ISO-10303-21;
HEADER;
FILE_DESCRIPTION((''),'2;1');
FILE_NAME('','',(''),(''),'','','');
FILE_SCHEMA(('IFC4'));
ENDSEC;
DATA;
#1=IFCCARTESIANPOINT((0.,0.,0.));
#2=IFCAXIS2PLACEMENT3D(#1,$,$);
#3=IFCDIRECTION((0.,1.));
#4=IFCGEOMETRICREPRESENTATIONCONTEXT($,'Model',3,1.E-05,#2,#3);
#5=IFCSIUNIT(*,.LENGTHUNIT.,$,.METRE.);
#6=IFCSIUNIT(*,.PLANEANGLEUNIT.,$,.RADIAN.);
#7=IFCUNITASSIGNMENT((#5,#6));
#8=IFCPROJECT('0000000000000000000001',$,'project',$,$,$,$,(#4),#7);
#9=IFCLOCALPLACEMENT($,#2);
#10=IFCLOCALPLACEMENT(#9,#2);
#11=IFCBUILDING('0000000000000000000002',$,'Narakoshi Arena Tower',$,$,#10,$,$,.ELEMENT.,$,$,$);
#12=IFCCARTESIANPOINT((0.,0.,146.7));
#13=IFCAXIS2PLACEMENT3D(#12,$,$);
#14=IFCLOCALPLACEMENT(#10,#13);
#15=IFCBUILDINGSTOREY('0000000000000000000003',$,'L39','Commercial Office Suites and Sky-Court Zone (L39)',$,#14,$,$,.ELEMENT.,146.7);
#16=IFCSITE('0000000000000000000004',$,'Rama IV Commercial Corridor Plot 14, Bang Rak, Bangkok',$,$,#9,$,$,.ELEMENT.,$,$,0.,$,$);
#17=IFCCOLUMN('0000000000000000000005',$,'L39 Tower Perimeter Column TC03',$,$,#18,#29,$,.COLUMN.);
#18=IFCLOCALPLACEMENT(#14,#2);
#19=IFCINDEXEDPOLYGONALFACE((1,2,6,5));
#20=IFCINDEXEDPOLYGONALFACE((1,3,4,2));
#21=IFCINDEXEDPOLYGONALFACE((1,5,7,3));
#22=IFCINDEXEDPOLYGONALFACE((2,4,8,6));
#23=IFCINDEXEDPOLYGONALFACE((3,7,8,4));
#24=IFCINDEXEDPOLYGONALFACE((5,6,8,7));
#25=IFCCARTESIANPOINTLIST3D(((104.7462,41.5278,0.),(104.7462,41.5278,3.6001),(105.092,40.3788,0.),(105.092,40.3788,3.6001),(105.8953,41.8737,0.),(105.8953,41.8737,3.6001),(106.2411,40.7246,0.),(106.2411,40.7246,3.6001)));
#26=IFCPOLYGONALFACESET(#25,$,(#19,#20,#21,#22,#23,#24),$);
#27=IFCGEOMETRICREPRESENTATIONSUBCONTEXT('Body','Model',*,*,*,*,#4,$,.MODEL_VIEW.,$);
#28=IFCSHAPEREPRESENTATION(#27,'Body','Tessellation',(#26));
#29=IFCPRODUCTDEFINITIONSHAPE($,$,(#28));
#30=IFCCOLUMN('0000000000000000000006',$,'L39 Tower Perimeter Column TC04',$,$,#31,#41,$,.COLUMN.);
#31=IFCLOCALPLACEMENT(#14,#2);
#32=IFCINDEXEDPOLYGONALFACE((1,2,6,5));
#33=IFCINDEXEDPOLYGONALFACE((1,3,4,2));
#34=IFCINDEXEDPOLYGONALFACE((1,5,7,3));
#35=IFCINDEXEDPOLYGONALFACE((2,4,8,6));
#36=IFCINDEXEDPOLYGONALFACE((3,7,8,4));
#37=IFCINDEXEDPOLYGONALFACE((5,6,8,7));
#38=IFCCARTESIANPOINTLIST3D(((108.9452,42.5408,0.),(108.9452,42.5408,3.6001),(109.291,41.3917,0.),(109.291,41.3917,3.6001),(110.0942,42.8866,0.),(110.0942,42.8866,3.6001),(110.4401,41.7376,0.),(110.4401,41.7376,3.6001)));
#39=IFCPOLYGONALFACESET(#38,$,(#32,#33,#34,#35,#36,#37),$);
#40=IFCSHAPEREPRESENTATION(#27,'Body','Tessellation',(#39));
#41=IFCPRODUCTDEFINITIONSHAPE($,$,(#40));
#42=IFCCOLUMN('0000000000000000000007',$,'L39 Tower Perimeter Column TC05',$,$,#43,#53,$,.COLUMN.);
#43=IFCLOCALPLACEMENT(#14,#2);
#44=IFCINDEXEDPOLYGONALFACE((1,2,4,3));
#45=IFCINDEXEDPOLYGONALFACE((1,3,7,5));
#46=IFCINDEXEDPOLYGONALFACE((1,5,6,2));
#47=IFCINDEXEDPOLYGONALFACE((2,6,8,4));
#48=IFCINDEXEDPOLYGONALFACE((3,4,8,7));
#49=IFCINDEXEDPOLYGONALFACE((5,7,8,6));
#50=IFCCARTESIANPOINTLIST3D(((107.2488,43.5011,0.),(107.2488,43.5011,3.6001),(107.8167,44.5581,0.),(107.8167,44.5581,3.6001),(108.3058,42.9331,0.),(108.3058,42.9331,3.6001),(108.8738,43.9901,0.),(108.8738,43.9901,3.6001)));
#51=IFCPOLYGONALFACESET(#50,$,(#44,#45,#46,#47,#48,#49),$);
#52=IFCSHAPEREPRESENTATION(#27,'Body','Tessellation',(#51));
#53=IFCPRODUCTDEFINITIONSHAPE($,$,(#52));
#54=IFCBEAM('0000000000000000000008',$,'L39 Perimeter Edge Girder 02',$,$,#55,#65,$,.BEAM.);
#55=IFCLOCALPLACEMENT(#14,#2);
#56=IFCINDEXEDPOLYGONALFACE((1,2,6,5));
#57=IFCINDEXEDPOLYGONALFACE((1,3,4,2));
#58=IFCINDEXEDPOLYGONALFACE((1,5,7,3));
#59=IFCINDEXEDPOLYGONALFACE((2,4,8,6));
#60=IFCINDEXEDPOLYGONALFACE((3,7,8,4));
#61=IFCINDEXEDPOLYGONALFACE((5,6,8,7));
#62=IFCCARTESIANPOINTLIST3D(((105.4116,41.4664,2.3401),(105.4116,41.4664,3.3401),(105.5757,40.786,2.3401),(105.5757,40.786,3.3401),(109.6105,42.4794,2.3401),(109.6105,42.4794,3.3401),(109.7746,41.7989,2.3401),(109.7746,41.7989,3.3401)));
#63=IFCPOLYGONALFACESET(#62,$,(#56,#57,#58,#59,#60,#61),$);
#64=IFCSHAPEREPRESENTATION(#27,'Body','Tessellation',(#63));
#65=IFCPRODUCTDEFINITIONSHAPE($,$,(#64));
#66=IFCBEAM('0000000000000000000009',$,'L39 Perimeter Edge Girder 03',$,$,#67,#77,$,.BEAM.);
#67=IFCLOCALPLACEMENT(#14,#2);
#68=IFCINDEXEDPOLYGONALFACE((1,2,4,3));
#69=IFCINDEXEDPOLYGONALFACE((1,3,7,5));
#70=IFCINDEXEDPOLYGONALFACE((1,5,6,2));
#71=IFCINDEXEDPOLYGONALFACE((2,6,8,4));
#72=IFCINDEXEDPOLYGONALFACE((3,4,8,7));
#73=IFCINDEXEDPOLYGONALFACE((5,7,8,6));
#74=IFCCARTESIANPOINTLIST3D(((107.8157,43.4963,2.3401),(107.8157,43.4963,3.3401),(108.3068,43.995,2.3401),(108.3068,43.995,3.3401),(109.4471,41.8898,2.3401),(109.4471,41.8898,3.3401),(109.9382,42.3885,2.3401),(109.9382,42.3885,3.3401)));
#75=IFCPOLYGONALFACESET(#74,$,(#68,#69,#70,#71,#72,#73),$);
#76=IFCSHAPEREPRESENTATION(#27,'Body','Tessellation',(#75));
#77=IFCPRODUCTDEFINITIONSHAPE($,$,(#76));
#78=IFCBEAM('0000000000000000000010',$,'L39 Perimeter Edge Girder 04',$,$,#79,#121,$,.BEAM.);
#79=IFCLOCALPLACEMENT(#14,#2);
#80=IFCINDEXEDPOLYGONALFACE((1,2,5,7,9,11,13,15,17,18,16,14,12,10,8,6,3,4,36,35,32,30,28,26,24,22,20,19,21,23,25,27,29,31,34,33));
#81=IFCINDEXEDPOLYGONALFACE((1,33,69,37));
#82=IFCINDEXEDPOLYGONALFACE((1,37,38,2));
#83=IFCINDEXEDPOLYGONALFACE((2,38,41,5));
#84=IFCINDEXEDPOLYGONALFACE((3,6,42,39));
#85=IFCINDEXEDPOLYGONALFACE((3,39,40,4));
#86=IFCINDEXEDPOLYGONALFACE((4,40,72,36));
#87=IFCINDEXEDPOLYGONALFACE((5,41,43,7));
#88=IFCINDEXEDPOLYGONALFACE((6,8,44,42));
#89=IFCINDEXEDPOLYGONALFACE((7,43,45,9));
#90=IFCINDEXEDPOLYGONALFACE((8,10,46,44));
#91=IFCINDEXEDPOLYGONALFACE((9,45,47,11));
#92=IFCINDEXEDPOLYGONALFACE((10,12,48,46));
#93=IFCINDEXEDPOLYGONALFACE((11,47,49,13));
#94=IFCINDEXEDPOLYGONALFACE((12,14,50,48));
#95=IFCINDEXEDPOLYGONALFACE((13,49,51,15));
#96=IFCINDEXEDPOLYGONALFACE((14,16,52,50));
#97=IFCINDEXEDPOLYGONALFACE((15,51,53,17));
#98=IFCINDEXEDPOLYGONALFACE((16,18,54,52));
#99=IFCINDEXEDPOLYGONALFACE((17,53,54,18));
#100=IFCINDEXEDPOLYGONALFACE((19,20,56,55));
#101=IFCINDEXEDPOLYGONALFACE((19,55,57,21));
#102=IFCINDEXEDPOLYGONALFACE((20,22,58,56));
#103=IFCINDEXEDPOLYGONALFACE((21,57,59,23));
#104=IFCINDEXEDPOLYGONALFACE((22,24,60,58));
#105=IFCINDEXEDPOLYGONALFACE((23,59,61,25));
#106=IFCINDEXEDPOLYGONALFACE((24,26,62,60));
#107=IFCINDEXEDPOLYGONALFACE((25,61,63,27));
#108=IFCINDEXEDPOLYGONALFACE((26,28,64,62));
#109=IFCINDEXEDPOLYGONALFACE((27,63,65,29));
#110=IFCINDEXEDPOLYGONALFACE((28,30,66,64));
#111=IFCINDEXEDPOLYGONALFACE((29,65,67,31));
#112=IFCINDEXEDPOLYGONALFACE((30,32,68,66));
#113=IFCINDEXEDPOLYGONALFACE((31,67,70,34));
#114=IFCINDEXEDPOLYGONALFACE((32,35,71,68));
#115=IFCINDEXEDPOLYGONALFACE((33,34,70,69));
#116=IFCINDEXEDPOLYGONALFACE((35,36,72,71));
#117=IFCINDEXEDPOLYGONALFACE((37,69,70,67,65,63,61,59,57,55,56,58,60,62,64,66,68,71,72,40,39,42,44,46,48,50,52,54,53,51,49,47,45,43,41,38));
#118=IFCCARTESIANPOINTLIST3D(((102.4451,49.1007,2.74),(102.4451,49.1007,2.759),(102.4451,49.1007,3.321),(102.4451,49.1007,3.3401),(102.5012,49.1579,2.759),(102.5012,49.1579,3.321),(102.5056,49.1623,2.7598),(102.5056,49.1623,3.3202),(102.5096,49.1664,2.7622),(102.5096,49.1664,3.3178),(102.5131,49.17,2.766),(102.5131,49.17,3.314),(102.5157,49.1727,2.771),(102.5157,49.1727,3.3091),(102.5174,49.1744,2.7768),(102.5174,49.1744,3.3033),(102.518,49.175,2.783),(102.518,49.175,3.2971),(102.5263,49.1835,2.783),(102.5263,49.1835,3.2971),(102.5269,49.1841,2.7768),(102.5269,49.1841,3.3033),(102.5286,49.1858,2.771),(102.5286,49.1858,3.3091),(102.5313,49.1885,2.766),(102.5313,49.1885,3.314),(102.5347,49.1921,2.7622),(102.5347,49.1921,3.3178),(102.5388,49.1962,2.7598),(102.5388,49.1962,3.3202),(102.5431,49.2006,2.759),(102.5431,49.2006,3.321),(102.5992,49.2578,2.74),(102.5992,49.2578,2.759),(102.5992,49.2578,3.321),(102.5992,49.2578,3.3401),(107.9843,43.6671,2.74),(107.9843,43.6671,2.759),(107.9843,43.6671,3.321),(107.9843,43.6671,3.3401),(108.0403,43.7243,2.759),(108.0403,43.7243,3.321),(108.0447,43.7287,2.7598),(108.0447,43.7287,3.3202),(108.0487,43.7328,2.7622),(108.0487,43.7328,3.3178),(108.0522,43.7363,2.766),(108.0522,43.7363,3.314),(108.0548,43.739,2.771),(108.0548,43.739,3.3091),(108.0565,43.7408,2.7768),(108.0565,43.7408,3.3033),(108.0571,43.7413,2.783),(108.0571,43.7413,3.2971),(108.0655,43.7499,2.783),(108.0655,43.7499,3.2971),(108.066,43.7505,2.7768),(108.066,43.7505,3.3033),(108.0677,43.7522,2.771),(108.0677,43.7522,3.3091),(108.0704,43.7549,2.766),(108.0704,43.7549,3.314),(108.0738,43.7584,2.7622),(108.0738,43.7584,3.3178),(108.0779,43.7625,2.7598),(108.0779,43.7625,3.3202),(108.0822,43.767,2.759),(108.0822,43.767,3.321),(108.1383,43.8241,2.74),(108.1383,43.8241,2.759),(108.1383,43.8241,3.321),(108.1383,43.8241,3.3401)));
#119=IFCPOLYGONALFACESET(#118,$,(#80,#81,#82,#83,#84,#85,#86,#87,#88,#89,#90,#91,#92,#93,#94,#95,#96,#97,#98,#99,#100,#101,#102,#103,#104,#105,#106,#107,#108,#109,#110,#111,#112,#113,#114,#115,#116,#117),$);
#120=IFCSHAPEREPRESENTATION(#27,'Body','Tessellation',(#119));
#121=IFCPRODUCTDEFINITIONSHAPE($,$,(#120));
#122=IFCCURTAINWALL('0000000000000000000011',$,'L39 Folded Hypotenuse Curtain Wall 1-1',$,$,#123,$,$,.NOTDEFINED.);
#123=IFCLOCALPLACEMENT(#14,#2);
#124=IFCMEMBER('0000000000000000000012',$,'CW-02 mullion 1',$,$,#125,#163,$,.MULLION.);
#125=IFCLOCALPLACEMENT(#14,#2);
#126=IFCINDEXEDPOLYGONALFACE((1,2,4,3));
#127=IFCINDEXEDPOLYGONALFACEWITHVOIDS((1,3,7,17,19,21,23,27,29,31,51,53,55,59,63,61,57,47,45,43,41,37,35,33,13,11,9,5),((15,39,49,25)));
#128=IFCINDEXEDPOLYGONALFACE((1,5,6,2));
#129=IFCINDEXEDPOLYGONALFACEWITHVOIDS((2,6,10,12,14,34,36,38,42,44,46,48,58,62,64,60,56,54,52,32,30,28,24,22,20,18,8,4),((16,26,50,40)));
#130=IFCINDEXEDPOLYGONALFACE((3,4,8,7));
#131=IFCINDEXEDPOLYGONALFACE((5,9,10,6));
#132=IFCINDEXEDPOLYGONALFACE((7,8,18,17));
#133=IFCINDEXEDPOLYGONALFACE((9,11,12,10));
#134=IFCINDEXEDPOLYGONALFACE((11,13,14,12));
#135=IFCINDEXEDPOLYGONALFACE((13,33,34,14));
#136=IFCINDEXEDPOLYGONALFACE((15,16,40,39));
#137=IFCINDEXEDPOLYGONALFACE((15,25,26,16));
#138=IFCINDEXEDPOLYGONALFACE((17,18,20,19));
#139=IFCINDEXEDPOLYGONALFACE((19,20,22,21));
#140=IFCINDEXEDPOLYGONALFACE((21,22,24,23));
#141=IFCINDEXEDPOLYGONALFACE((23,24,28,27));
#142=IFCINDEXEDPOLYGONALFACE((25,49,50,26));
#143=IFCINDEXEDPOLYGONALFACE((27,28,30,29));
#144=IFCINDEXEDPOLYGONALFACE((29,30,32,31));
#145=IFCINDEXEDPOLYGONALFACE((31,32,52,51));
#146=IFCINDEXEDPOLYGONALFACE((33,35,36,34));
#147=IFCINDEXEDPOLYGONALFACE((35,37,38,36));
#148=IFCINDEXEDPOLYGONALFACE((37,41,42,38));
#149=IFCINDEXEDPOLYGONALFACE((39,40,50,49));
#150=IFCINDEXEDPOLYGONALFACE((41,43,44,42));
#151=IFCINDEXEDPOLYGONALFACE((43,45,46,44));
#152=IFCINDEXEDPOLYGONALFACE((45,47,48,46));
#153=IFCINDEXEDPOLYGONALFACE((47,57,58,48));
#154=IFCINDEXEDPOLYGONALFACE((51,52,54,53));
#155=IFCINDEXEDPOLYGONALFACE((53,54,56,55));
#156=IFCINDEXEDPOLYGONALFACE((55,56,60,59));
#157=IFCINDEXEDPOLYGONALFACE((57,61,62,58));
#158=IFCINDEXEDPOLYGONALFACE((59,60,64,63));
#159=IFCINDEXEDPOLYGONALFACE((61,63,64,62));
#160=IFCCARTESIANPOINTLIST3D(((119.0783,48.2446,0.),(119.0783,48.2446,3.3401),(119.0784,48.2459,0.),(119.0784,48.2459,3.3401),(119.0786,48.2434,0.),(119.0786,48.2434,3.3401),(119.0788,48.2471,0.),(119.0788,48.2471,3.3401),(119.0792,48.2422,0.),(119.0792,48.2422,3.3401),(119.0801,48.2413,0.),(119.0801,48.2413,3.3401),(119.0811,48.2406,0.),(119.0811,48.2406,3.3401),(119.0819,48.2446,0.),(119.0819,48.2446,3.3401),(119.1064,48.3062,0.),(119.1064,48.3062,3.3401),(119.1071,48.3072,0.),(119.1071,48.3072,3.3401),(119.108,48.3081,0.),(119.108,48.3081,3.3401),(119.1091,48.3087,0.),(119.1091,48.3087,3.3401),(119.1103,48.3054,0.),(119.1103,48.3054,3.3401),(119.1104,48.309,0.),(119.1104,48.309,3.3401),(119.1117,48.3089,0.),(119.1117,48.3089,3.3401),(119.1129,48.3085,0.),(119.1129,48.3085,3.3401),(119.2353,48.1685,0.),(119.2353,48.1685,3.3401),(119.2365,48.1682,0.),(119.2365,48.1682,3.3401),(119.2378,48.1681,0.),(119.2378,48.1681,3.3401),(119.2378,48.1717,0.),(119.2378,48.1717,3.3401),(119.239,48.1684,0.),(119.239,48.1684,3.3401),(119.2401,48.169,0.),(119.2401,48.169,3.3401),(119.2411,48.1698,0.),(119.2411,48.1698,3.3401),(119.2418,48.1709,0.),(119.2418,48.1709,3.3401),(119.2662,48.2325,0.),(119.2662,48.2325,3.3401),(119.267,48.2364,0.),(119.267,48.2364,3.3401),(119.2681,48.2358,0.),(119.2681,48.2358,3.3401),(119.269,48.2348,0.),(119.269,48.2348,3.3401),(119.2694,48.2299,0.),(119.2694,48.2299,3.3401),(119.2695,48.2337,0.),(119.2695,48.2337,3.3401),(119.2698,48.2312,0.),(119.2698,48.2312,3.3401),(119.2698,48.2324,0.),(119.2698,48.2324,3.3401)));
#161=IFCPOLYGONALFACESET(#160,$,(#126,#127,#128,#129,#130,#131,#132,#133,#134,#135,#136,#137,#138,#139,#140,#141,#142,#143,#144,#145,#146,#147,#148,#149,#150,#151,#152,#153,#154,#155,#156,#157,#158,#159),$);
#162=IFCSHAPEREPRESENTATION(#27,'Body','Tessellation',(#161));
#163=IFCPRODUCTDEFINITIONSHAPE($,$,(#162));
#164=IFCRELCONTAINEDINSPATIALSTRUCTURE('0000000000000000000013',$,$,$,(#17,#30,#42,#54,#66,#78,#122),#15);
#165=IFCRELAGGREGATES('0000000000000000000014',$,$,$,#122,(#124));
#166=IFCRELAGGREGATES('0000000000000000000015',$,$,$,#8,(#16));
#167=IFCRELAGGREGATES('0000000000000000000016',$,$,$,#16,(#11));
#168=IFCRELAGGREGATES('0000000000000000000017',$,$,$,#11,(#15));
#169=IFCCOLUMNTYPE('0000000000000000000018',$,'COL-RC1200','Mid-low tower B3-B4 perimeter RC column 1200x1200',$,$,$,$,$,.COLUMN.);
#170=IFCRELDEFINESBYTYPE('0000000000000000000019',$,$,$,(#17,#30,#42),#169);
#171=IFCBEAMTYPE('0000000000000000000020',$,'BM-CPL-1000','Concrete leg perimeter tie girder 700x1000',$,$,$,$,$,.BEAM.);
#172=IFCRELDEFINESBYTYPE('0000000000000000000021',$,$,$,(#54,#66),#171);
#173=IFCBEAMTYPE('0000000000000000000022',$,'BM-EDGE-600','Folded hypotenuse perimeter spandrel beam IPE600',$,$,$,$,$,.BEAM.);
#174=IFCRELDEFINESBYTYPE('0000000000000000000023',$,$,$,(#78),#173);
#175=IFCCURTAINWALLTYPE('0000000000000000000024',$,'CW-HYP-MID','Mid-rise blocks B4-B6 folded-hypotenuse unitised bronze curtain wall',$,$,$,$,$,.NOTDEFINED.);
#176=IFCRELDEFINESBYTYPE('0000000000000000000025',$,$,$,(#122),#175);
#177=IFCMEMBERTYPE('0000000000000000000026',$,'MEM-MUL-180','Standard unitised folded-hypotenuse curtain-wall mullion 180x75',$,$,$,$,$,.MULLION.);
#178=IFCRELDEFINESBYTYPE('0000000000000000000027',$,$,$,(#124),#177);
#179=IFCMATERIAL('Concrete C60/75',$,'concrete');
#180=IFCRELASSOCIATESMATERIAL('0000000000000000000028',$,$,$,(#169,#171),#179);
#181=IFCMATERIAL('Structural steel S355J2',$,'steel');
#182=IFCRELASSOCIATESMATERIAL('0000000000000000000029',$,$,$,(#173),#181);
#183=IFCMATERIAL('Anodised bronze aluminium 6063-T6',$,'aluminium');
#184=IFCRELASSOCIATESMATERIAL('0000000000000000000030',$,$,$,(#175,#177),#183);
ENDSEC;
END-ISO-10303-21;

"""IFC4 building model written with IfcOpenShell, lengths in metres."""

from ifc_helpers import new_model, si_unit, direction, frame, origin, origin_2d, place, context, subcontext, project, spatial, rectangle, hollow_rectangle, i_section, extrude, material, material_profile, profile_set, type_object, element, aggregate, save


model = new_model("IFC4")

# Units and contexts
model_context = context("Model", 3, precision=1e-05, world=origin(), true_north=direction((0.0, 1.0)))
body_context = subcontext(model_context, "Body", "Model", "MODEL_VIEW")
ifc_project = project(units=[si_unit("LENGTHUNIT", "METRE"), si_unit("PLANEANGLEUNIT", "RADIAN")], contexts=[model_context])

# Site, building, storey
site_placement = place(None, origin())
site = spatial("IfcSite", under=ifc_project, at=site_placement, Name="Rama IV Commercial Corridor Plot 14, Bang Rak, Bangkok", CompositionType="ELEMENT", RefElevation=0.0)
building_placement = place(site_placement, origin())
building = spatial("IfcBuilding", under=site, at=building_placement, Name="Narakoshi Arena Tower", CompositionType="ELEMENT")
storey_placement = place(building_placement, frame((0.0, 0.0, 146.7)))
storey = spatial("IfcBuildingStorey", under=building, at=storey_placement, Name="L39", Description="Commercial Office Suites and Sky-Court Zone (L39)", CompositionType="ELEMENT", Elevation=146.7)

# Columns
ifc_material_1 = material(Name="Concrete C60/75", Category="concrete")
ifc_material_profile_1 = material_profile(ifc_material_1, rectangle(XDim=1.2, YDim=1.2, at=origin_2d()), Name="RC1200x1200")
ifc_profile_set_1 = profile_set([ifc_material_profile_1], Name="Concrete C60/75")
column_type = type_object("IfcColumnType", Name="COL-RC1200", Description="Mid-low tower B3-B4 perimeter RC column 1200x1200", PredefinedType="COLUMN", material=ifc_profile_set_1)
for number, where, z_axis, x_axis, name in (
    (1, (105.4937, 41.1262, 0.0), (0.0, 0.0, 1.0), (0.957571, 0.288196, 0.0), "L39 Tower Perimeter Column TC03"),
    (2, (109.6926, 42.1392, 0.0), (0.0, 0.0, 1.0), (0.957571, 0.288196, 0.0), "L39 Tower Perimeter Column TC04"),
    (3, (108.0613, 43.7456, 0.0), (0.0, 0.0, 1.0), (0.47332, 0.880891, 0.0), "L39 Tower Perimeter Column TC05"),
):
    element("IfcColumn", number, at=place(storey_placement, frame(where, z_axis=z_axis, x_axis=x_axis)), inside=storey, type_object=column_type, Name=name, PredefinedType="COLUMN", context=body_context, shape_type="SweptSolid", body=[
        extrude(rectangle(XDim=1.2, YDim=1.2, at=origin_2d()), origin(), (0.0, 0.0, 1.0), 3.6001),
    ])

# Beams
ifc_material_profile_2 = material_profile(ifc_material_1, rectangle(XDim=0.7, YDim=1.0, at=origin_2d()), Name="RCB700x1000")
ifc_profile_set_2 = profile_set([ifc_material_profile_2], Name="Concrete C60/75")
beam_type_1 = type_object("IfcBeamType", Name="BM-CPL-1000", Description="Concrete leg perimeter tie girder 700x1000", PredefinedType="BEAM", material=ifc_profile_set_2)
beam_1_placement = place(storey_placement, frame((105.4937, 41.1262, 2.8401), z_axis=(0.972114, 0.234508, 0.0), x_axis=(-0.234508, 0.972114, 0.0)))
element("IfcBeam", 4, at=beam_1_placement, inside=storey, type_object=beam_type_1, Name="L39 Perimeter Edge Girder 02", PredefinedType="BEAM", context=body_context, shape_type="SweptSolid", body=[
    extrude(rectangle(XDim=0.7, YDim=1.0, at=origin_2d()), origin(), (0.0, 0.0, 1.0), 4.3193),
])
beam_2_placement = place(storey_placement, frame((109.6926, 42.1392, 2.8401), z_axis=(-0.712524, 0.701648, 0.0), x_axis=(-0.701648, -0.712524, 0.0)))
element("IfcBeam", 5, at=beam_2_placement, inside=storey, type_object=beam_type_1, Name="L39 Perimeter Edge Girder 03", PredefinedType="BEAM", context=body_context, shape_type="SweptSolid", body=[
    extrude(rectangle(XDim=0.7, YDim=1.0, at=origin_2d()), origin(), (0.0, 0.0, 1.0), 2.2896),
])
ifc_material_2 = material(Name="Structural steel S355J2", Category="steel")
ifc_material_profile_3 = material_profile(ifc_material_2, i_section(OverallWidth=0.22, OverallDepth=0.6001, WebThickness=0.012, FlangeThickness=0.019, FilletRadius=0.0239, at=origin_2d()), Name="IPE600")
ifc_profile_set_3 = profile_set([ifc_material_profile_3], Name="Structural steel S355J2")
beam_type_2 = type_object("IfcBeamType", Name="BM-EDGE-600", Description="Folded hypotenuse perimeter spandrel beam IPE600", PredefinedType="BEAM", material=ifc_profile_set_3)
beam_3_placement = place(storey_placement, frame((108.0613, 43.7456, 3.04), z_axis=(-0.71387, 0.700278, 0.0), x_axis=(-0.700278, -0.71387, 0.0)))
element("IfcBeam", 6, at=beam_3_placement, inside=storey, type_object=beam_type_2, Name="L39 Perimeter Edge Girder 04", PredefinedType="BEAM", context=body_context, shape_type="SweptSolid", body=[
    extrude(i_section(OverallWidth=0.22, OverallDepth=0.6001, WebThickness=0.012, FlangeThickness=0.019, FilletRadius=0.0239, at=origin_2d()), origin(), (0.0, 0.0, 1.0), 7.7593),
])

# Curtain wall, member
ifc_material_3 = material(Name="Anodised bronze aluminium 6063-T6", Category="aluminium")
curtain_wall_type = type_object("IfcCurtainWallType", Name="CW-HYP-MID", Description="Mid-rise blocks B4-B6 folded-hypotenuse unitised bronze curtain wall", PredefinedType="NOTDEFINED", material=ifc_material_3)
curtain_wall_placement = place(storey_placement, origin())
curtain_wall = element("IfcCurtainWall", 7, at=curtain_wall_placement, inside=storey, type_object=curtain_wall_type, Name="L39 Folded Hypotenuse Curtain Wall 1-1", PredefinedType="NOTDEFINED")
ifc_material_profile_4 = material_profile(ifc_material_3, hollow_rectangle(XDim=0.075, YDim=0.1799, WallThickness=0.0039, OuterFilletRadius=0.0049, at=origin_2d()), Name="MUL180x75x4")
ifc_profile_set_4 = profile_set([ifc_material_profile_4], Name="Anodised bronze aluminium 6063-T6")
member_type_1 = type_object("IfcMemberType", Name="MEM-MUL-180", Description="Standard unitised folded-hypotenuse curtain-wall mullion 180x75", PredefinedType="MULLION", material=ifc_profile_set_4)
member_1_placement = place(storey_placement, frame((119.1741, 48.2385, 0.0), z_axis=(0.0, 0.0, 1.0), x_axis=(-0.423532, -0.905881, 0.0)))
member_1 = element("IfcMember", 8, at=member_1_placement, type_object=member_type_1, Name="CW-02 mullion 1", PredefinedType="MULLION", context=body_context, shape_type="SweptSolid", body=[
    extrude(hollow_rectangle(XDim=0.075, YDim=0.1799, WallThickness=0.0039, OuterFilletRadius=0.0049, at=origin_2d()), origin(), (0.0, 0.0, 1.0), 3.3401),
])
aggregate(curtain_wall, [member_1])

save(model, "model.ifc")
